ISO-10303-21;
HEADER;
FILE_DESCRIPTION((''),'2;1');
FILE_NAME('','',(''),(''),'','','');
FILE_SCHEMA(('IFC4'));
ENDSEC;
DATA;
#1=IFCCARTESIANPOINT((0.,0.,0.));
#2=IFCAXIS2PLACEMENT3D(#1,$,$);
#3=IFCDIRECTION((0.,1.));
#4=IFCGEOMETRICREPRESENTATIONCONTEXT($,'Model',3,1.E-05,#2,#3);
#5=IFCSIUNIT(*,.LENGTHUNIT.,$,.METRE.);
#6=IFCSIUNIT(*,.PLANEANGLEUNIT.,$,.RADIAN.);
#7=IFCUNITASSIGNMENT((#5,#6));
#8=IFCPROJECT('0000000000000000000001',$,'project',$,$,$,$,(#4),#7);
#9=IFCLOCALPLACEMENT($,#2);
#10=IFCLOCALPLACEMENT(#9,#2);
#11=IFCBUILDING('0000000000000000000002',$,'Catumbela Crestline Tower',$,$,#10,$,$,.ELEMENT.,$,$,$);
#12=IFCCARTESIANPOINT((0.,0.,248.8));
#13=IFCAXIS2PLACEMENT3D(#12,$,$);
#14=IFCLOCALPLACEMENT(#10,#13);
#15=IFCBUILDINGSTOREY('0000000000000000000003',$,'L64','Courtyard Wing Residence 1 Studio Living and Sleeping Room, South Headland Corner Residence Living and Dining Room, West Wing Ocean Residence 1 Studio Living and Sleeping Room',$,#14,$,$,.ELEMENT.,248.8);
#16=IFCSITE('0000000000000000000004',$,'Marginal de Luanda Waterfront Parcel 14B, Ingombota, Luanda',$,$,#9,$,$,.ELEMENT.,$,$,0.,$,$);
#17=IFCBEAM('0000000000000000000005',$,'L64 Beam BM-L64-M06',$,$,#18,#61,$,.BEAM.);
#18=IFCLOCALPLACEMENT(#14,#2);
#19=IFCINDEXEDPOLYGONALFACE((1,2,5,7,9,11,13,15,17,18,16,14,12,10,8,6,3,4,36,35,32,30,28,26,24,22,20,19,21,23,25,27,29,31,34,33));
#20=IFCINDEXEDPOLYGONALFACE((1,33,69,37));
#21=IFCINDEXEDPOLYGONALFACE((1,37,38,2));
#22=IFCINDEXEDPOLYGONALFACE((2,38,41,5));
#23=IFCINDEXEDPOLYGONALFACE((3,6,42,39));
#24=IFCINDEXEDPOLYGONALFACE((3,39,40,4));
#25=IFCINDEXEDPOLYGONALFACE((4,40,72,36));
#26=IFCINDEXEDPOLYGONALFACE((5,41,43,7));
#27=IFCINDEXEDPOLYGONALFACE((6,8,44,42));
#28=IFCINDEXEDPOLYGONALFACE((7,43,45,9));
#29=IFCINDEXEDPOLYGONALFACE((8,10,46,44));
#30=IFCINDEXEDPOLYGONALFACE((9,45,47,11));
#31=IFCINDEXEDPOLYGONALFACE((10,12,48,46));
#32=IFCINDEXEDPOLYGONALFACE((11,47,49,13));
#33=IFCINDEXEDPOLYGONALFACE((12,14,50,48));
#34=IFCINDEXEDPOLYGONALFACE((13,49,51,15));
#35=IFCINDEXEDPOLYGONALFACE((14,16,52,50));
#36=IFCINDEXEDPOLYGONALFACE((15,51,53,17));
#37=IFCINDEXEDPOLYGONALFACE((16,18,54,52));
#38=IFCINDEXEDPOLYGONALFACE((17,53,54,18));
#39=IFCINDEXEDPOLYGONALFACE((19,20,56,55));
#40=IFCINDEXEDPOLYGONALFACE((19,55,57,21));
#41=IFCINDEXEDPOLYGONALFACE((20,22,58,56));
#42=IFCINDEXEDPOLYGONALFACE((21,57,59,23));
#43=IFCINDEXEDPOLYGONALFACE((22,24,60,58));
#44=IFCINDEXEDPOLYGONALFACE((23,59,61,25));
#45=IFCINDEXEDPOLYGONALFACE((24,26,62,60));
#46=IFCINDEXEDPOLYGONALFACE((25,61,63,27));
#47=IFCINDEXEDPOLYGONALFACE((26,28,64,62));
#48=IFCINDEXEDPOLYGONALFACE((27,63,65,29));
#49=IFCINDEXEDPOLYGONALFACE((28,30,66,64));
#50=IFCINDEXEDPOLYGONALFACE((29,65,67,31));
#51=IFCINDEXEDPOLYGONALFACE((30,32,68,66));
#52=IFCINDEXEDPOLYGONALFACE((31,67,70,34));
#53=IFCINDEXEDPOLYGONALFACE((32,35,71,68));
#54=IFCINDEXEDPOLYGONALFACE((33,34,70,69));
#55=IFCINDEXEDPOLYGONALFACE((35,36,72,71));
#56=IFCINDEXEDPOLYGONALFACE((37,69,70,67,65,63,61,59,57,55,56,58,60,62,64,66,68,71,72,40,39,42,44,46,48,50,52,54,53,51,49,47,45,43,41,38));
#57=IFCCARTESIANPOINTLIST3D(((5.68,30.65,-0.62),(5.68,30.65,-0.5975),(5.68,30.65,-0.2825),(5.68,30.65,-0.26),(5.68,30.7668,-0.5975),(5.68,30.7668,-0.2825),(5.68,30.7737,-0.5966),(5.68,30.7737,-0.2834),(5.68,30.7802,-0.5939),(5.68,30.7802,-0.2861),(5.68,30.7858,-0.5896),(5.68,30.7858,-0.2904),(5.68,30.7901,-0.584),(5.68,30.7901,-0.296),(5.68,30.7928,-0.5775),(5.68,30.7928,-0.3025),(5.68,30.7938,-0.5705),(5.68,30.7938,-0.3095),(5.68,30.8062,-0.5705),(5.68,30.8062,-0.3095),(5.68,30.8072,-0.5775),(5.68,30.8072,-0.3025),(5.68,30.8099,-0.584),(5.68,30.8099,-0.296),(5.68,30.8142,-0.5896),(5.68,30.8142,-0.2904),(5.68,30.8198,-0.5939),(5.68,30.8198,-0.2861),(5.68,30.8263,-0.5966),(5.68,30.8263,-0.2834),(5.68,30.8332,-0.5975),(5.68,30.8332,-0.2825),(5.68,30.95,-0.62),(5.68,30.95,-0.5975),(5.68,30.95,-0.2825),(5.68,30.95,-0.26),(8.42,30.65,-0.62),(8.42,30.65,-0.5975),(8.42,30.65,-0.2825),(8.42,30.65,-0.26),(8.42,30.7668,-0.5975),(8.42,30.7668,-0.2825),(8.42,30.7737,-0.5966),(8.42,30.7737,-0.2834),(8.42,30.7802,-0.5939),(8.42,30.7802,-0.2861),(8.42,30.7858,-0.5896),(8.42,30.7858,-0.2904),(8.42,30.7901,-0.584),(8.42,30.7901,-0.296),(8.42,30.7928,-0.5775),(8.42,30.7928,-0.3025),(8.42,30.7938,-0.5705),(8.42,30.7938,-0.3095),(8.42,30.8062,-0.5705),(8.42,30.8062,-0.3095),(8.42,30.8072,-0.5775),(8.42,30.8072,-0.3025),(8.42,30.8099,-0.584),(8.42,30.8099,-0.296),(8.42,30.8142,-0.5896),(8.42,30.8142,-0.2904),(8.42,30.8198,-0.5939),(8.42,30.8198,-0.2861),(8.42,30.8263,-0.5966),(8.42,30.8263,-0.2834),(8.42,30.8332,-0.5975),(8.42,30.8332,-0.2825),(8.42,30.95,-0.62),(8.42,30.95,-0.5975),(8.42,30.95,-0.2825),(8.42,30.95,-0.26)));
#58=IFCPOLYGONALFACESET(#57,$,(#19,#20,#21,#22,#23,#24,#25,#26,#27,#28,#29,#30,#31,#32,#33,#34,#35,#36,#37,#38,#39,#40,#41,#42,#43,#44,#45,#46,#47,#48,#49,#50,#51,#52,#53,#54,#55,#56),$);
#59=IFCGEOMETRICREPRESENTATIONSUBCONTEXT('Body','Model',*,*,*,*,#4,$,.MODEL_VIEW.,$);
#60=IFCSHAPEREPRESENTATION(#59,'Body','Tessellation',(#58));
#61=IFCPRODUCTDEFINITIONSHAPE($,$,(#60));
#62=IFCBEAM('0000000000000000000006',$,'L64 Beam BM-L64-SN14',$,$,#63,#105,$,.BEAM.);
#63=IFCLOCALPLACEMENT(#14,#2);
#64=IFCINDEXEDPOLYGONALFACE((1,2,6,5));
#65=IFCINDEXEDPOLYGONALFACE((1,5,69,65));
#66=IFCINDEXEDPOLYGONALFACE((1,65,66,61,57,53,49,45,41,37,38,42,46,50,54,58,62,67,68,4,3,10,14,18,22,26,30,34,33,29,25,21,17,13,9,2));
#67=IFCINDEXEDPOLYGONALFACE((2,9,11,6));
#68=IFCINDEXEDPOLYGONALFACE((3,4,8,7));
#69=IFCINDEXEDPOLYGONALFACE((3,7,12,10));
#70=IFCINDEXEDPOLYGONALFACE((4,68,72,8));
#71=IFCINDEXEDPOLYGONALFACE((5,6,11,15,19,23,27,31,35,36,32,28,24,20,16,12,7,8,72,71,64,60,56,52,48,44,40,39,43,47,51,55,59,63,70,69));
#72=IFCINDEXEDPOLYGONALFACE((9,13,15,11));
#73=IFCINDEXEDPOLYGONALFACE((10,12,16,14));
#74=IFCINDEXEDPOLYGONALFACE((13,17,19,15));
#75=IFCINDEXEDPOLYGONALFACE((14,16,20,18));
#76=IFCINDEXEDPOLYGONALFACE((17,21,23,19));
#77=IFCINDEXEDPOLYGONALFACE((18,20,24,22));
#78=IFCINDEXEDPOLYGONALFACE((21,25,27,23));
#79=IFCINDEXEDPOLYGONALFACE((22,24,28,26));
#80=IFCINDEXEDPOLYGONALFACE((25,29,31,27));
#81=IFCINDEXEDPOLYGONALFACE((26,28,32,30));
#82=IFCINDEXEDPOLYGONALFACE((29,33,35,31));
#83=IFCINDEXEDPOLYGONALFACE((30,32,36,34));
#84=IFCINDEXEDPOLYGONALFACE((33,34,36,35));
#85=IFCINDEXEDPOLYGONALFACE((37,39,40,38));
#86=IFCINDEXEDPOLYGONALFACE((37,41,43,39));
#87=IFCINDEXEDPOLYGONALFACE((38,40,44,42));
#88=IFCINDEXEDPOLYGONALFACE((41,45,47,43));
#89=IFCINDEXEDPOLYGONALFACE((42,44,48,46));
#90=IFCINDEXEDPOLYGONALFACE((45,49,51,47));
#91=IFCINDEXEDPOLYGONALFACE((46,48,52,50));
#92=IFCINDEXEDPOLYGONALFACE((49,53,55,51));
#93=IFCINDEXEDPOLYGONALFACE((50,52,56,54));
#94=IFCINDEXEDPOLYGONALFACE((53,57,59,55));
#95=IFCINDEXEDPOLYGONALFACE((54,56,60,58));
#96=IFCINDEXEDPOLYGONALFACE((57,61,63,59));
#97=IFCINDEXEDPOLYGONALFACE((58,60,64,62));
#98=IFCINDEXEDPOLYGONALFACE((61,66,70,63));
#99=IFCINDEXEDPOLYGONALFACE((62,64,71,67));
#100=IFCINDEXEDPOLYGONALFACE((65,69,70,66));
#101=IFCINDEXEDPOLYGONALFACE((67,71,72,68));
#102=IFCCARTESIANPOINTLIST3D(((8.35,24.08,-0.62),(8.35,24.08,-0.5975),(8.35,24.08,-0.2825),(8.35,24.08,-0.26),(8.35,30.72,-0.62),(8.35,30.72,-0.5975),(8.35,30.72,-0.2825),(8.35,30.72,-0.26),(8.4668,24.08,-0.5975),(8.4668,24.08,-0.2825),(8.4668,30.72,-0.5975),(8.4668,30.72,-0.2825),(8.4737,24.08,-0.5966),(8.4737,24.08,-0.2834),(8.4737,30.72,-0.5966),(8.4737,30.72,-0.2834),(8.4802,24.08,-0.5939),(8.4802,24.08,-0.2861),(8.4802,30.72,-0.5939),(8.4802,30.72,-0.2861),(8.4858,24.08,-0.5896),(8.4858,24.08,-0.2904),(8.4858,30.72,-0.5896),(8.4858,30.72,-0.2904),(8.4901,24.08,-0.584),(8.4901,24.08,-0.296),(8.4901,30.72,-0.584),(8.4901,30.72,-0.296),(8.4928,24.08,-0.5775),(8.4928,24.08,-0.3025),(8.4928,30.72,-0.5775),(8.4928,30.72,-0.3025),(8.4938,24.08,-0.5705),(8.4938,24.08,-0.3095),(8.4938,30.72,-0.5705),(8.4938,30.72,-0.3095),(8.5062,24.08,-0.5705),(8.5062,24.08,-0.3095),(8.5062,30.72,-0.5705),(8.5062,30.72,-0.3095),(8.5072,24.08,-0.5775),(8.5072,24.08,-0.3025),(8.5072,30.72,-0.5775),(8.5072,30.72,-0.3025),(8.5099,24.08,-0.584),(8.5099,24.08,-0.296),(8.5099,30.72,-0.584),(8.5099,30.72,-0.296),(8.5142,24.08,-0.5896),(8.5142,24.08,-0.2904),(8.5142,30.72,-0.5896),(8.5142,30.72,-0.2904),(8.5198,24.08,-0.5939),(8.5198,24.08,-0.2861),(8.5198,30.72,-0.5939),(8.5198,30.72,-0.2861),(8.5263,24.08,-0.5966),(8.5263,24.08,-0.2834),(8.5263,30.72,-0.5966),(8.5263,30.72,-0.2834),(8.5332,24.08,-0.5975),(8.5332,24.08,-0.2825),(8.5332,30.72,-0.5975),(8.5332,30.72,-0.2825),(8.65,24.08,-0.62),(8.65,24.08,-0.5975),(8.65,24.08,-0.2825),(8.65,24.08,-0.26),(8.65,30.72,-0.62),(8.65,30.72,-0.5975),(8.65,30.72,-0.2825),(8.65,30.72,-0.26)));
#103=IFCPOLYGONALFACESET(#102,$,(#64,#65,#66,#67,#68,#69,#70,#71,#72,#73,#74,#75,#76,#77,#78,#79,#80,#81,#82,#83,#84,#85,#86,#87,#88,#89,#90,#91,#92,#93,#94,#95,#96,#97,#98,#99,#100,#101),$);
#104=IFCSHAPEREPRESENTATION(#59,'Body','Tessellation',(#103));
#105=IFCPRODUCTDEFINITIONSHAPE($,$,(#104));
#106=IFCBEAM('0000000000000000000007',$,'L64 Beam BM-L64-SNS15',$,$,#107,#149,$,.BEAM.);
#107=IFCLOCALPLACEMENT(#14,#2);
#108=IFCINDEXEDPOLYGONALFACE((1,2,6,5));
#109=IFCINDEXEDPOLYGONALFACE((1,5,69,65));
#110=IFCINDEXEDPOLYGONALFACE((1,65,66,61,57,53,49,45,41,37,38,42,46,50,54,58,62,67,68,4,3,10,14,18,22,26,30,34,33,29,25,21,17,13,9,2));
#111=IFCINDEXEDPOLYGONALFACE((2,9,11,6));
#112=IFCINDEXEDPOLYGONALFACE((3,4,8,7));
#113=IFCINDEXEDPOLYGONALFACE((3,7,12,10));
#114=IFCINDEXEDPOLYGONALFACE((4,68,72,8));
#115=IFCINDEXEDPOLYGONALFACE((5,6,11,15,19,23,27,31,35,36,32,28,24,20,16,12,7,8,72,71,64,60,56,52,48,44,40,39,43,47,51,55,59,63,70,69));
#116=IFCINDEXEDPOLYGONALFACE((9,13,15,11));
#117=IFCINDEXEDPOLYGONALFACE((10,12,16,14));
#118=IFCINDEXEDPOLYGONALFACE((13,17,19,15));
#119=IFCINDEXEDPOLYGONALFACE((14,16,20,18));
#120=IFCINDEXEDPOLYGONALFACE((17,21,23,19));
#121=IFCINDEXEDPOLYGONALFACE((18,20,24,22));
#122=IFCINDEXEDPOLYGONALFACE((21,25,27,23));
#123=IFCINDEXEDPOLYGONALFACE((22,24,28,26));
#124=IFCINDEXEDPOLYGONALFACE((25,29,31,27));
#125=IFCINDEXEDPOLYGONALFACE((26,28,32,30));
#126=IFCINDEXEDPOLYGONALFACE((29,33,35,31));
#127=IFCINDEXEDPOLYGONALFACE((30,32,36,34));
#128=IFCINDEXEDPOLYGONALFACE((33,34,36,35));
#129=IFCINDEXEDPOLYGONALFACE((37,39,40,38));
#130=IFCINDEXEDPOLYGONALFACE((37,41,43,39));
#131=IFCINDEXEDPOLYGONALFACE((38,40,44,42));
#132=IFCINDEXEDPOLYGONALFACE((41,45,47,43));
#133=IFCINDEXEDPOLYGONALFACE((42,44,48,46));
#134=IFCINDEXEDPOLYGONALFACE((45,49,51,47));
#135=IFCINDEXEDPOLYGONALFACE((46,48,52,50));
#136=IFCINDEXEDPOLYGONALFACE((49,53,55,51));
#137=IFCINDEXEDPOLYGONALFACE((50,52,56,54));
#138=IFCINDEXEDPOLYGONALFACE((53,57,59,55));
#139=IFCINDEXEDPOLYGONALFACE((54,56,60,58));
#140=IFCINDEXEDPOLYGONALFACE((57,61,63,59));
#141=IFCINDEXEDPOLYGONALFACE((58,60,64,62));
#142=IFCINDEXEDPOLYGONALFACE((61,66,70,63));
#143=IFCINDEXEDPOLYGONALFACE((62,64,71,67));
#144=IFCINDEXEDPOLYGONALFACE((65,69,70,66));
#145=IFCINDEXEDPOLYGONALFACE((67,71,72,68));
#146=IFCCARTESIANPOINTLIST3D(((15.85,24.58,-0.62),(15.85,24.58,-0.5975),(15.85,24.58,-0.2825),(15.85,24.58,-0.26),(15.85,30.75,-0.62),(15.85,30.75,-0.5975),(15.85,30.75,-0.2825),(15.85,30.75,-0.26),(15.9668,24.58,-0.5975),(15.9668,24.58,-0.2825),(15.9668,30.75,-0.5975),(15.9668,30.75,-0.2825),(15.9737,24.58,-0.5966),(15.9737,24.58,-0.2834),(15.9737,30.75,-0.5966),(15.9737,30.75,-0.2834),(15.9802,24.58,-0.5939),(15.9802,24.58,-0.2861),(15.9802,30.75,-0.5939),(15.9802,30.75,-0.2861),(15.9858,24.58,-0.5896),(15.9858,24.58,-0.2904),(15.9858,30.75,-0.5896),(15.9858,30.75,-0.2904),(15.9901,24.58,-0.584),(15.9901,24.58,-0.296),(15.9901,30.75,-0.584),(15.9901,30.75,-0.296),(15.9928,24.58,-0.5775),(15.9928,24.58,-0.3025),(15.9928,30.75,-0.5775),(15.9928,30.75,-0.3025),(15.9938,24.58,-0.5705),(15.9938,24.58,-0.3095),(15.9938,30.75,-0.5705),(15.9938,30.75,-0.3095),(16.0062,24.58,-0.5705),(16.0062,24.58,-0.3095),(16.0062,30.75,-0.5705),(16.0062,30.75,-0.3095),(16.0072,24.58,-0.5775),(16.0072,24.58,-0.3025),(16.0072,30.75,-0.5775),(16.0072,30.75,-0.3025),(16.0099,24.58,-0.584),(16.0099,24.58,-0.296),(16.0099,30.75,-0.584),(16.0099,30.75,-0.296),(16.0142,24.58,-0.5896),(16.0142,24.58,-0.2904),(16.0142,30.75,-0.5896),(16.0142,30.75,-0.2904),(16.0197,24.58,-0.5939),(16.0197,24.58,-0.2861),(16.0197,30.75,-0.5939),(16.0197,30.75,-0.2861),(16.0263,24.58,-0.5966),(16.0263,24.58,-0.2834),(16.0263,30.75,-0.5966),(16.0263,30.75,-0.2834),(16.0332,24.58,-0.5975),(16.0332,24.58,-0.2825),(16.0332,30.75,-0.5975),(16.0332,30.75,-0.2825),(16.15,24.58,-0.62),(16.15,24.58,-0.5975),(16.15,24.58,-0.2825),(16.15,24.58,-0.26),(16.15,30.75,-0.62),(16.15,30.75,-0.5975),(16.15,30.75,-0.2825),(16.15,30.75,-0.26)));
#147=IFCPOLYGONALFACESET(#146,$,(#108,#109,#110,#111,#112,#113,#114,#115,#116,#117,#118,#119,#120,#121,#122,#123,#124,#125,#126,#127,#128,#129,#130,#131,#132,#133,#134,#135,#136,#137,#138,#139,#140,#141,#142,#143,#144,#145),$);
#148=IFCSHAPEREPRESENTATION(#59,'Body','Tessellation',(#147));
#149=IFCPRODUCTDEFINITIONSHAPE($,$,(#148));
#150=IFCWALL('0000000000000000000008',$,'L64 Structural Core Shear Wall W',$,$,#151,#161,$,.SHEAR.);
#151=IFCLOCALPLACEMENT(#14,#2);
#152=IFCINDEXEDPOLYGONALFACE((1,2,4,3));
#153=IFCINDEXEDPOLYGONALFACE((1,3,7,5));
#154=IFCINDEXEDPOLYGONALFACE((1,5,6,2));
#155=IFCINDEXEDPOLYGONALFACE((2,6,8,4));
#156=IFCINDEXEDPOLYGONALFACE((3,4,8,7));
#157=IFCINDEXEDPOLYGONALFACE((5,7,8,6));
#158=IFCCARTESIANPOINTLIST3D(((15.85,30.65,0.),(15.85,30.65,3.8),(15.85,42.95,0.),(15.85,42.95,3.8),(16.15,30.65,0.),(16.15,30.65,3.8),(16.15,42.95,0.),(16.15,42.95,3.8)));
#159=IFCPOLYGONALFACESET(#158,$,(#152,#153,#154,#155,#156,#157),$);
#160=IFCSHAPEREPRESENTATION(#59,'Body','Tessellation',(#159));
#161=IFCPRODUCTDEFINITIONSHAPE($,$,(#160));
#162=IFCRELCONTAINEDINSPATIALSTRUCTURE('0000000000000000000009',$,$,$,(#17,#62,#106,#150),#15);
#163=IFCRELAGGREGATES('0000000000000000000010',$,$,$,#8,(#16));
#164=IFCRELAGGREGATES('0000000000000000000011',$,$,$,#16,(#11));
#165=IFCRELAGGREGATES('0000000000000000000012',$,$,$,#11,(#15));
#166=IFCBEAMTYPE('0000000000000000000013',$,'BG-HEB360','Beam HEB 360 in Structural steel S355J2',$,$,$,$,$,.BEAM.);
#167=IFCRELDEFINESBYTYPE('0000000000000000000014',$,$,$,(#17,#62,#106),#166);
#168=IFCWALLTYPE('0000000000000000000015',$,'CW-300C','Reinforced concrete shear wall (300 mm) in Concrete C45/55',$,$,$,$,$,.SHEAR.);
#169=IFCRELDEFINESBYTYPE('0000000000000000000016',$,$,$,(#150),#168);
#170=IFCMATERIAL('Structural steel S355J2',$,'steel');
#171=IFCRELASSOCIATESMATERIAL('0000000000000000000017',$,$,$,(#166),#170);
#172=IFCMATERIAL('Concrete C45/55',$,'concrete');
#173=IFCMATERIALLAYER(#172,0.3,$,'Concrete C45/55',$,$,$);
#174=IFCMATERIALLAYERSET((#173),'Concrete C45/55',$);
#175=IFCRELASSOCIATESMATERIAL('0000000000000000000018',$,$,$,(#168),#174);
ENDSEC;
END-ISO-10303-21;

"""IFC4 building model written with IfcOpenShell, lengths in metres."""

from ifc_helpers import new_model, si_unit, direction, frame, frame_2d, origin, origin_2d, place, context, subcontext, project, spatial, rectangle, i_section, extrude, material, layer, layer_set, material_profile, profile_set, type_object, element, save


model = new_model("IFC4")

# Units and contexts
model_context = context("Model", 3, precision=1e-05, world=origin(), true_north=direction((0.0, 1.0)))
body_context = subcontext(model_context, "Body", "Model", "MODEL_VIEW")
ifc_project = project(units=[si_unit("LENGTHUNIT", "METRE"), si_unit("PLANEANGLEUNIT", "RADIAN")], contexts=[model_context])

# Site, building, storey
site_placement = place(None, origin())
site = spatial("IfcSite", under=ifc_project, at=site_placement, Name="Marginal de Luanda Waterfront Parcel 14B, Ingombota, Luanda", CompositionType="ELEMENT", RefElevation=0.0)
building_placement = place(site_placement, origin())
building = spatial("IfcBuilding", under=site, at=building_placement, Name="Catumbela Crestline Tower", CompositionType="ELEMENT")
storey_placement = place(building_placement, frame((0.0, 0.0, 248.8)))
storey = spatial("IfcBuildingStorey", under=building, at=storey_placement, Name="L64", Description="Courtyard Wing Residence 1 Studio Living and Sleeping Room, South Headland Corner Residence Living and Dining Room, West Wing Ocean Residence 1 Studio Living and Sleeping Room", CompositionType="ELEMENT", Elevation=248.8)

# Shared definitions
ifc_material_1 = material(Name="Concrete C45/55", Category="concrete")

# Beams
ifc_material_2 = material(Name="Structural steel S355J2", Category="steel")
ifc_material_profile_1 = material_profile(ifc_material_2, i_section(OverallWidth=0.3, OverallDepth=0.36, WebThickness=0.0125, FlangeThickness=0.0225, FilletRadius=0.027, at=origin_2d()), Name="HEB 360")
ifc_profile_set_1 = profile_set([ifc_material_profile_1], Name="Structural steel S355J2")
beam_type = type_object("IfcBeamType", Name="BG-HEB360", Description="Beam HEB 360 in Structural steel S355J2", PredefinedType="BEAM", material=ifc_profile_set_1)
beam_1_placement = place(storey_placement, frame((5.68, 30.8, -0.44), z_axis=(1.0, 0.0, 0.0), x_axis=(0.0, 1.0, 0.0)))
element("IfcBeam", 1, at=beam_1_placement, inside=storey, type_object=beam_type, Name="L64 Beam BM-L64-M06", PredefinedType="BEAM", context=body_context, shape_type="SweptSolid", body=[
    extrude(i_section(OverallWidth=0.3, OverallDepth=0.36, WebThickness=0.0125, FlangeThickness=0.0225, FilletRadius=0.027, at=origin_2d()), origin(), (0.0, 0.0, 1.0), 2.74),
])
beam_2_placement = place(storey_placement, frame((8.5, 24.08, -0.44), z_axis=(0.0, 1.0, 0.0), x_axis=(-1.0, 0.0, 0.0)))
element("IfcBeam", 2, at=beam_2_placement, inside=storey, type_object=beam_type, Name="L64 Beam BM-L64-SN14", PredefinedType="BEAM", context=body_context, shape_type="SweptSolid", body=[
    extrude(i_section(OverallWidth=0.3, OverallDepth=0.36, WebThickness=0.0125, FlangeThickness=0.0225, FilletRadius=0.027, at=origin_2d()), origin(), (0.0, 0.0, 1.0), 6.64),
])
beam_3_placement = place(storey_placement, frame((16.0, 24.58, -0.44), z_axis=(0.0, 1.0, 0.0), x_axis=(-1.0, 0.0, 0.0)))
element("IfcBeam", 3, at=beam_3_placement, inside=storey, type_object=beam_type, Name="L64 Beam BM-L64-SNS15", PredefinedType="BEAM", context=body_context, shape_type="SweptSolid", body=[
    extrude(i_section(OverallWidth=0.3, OverallDepth=0.36, WebThickness=0.0125, FlangeThickness=0.0225, FilletRadius=0.027, at=origin_2d()), origin(), (0.0, 0.0, 1.0), 6.17),
])

# Wall
ifc_layer_1 = layer(ifc_material_1, 0.3, Name="Concrete C45/55")
ifc_layer_set_1 = layer_set([ifc_layer_1], Name="Concrete C45/55")
wall_type_1 = type_object("IfcWallType", Name="CW-300C", Description="Reinforced concrete shear wall (300 mm) in Concrete C45/55", PredefinedType="SHEAR", material=ifc_layer_set_1)
wall_1_placement = place(storey_placement, frame((16.0, 30.65, 0.0), z_axis=(0.0, 0.0, 1.0), x_axis=(0.0, 1.0, 0.0)))
element("IfcWall", 4, at=wall_1_placement, inside=storey, type_object=wall_type_1, Name="L64 Structural Core Shear Wall W", PredefinedType="SHEAR", context=body_context, shape_type="SweptSolid", body=[
    extrude(rectangle(XDim=12.3, YDim=0.3, at=frame_2d((6.15, 0.0))), origin(), (0.0, 0.0, 1.0), 3.8),
])

save(model, "model.ifc")
